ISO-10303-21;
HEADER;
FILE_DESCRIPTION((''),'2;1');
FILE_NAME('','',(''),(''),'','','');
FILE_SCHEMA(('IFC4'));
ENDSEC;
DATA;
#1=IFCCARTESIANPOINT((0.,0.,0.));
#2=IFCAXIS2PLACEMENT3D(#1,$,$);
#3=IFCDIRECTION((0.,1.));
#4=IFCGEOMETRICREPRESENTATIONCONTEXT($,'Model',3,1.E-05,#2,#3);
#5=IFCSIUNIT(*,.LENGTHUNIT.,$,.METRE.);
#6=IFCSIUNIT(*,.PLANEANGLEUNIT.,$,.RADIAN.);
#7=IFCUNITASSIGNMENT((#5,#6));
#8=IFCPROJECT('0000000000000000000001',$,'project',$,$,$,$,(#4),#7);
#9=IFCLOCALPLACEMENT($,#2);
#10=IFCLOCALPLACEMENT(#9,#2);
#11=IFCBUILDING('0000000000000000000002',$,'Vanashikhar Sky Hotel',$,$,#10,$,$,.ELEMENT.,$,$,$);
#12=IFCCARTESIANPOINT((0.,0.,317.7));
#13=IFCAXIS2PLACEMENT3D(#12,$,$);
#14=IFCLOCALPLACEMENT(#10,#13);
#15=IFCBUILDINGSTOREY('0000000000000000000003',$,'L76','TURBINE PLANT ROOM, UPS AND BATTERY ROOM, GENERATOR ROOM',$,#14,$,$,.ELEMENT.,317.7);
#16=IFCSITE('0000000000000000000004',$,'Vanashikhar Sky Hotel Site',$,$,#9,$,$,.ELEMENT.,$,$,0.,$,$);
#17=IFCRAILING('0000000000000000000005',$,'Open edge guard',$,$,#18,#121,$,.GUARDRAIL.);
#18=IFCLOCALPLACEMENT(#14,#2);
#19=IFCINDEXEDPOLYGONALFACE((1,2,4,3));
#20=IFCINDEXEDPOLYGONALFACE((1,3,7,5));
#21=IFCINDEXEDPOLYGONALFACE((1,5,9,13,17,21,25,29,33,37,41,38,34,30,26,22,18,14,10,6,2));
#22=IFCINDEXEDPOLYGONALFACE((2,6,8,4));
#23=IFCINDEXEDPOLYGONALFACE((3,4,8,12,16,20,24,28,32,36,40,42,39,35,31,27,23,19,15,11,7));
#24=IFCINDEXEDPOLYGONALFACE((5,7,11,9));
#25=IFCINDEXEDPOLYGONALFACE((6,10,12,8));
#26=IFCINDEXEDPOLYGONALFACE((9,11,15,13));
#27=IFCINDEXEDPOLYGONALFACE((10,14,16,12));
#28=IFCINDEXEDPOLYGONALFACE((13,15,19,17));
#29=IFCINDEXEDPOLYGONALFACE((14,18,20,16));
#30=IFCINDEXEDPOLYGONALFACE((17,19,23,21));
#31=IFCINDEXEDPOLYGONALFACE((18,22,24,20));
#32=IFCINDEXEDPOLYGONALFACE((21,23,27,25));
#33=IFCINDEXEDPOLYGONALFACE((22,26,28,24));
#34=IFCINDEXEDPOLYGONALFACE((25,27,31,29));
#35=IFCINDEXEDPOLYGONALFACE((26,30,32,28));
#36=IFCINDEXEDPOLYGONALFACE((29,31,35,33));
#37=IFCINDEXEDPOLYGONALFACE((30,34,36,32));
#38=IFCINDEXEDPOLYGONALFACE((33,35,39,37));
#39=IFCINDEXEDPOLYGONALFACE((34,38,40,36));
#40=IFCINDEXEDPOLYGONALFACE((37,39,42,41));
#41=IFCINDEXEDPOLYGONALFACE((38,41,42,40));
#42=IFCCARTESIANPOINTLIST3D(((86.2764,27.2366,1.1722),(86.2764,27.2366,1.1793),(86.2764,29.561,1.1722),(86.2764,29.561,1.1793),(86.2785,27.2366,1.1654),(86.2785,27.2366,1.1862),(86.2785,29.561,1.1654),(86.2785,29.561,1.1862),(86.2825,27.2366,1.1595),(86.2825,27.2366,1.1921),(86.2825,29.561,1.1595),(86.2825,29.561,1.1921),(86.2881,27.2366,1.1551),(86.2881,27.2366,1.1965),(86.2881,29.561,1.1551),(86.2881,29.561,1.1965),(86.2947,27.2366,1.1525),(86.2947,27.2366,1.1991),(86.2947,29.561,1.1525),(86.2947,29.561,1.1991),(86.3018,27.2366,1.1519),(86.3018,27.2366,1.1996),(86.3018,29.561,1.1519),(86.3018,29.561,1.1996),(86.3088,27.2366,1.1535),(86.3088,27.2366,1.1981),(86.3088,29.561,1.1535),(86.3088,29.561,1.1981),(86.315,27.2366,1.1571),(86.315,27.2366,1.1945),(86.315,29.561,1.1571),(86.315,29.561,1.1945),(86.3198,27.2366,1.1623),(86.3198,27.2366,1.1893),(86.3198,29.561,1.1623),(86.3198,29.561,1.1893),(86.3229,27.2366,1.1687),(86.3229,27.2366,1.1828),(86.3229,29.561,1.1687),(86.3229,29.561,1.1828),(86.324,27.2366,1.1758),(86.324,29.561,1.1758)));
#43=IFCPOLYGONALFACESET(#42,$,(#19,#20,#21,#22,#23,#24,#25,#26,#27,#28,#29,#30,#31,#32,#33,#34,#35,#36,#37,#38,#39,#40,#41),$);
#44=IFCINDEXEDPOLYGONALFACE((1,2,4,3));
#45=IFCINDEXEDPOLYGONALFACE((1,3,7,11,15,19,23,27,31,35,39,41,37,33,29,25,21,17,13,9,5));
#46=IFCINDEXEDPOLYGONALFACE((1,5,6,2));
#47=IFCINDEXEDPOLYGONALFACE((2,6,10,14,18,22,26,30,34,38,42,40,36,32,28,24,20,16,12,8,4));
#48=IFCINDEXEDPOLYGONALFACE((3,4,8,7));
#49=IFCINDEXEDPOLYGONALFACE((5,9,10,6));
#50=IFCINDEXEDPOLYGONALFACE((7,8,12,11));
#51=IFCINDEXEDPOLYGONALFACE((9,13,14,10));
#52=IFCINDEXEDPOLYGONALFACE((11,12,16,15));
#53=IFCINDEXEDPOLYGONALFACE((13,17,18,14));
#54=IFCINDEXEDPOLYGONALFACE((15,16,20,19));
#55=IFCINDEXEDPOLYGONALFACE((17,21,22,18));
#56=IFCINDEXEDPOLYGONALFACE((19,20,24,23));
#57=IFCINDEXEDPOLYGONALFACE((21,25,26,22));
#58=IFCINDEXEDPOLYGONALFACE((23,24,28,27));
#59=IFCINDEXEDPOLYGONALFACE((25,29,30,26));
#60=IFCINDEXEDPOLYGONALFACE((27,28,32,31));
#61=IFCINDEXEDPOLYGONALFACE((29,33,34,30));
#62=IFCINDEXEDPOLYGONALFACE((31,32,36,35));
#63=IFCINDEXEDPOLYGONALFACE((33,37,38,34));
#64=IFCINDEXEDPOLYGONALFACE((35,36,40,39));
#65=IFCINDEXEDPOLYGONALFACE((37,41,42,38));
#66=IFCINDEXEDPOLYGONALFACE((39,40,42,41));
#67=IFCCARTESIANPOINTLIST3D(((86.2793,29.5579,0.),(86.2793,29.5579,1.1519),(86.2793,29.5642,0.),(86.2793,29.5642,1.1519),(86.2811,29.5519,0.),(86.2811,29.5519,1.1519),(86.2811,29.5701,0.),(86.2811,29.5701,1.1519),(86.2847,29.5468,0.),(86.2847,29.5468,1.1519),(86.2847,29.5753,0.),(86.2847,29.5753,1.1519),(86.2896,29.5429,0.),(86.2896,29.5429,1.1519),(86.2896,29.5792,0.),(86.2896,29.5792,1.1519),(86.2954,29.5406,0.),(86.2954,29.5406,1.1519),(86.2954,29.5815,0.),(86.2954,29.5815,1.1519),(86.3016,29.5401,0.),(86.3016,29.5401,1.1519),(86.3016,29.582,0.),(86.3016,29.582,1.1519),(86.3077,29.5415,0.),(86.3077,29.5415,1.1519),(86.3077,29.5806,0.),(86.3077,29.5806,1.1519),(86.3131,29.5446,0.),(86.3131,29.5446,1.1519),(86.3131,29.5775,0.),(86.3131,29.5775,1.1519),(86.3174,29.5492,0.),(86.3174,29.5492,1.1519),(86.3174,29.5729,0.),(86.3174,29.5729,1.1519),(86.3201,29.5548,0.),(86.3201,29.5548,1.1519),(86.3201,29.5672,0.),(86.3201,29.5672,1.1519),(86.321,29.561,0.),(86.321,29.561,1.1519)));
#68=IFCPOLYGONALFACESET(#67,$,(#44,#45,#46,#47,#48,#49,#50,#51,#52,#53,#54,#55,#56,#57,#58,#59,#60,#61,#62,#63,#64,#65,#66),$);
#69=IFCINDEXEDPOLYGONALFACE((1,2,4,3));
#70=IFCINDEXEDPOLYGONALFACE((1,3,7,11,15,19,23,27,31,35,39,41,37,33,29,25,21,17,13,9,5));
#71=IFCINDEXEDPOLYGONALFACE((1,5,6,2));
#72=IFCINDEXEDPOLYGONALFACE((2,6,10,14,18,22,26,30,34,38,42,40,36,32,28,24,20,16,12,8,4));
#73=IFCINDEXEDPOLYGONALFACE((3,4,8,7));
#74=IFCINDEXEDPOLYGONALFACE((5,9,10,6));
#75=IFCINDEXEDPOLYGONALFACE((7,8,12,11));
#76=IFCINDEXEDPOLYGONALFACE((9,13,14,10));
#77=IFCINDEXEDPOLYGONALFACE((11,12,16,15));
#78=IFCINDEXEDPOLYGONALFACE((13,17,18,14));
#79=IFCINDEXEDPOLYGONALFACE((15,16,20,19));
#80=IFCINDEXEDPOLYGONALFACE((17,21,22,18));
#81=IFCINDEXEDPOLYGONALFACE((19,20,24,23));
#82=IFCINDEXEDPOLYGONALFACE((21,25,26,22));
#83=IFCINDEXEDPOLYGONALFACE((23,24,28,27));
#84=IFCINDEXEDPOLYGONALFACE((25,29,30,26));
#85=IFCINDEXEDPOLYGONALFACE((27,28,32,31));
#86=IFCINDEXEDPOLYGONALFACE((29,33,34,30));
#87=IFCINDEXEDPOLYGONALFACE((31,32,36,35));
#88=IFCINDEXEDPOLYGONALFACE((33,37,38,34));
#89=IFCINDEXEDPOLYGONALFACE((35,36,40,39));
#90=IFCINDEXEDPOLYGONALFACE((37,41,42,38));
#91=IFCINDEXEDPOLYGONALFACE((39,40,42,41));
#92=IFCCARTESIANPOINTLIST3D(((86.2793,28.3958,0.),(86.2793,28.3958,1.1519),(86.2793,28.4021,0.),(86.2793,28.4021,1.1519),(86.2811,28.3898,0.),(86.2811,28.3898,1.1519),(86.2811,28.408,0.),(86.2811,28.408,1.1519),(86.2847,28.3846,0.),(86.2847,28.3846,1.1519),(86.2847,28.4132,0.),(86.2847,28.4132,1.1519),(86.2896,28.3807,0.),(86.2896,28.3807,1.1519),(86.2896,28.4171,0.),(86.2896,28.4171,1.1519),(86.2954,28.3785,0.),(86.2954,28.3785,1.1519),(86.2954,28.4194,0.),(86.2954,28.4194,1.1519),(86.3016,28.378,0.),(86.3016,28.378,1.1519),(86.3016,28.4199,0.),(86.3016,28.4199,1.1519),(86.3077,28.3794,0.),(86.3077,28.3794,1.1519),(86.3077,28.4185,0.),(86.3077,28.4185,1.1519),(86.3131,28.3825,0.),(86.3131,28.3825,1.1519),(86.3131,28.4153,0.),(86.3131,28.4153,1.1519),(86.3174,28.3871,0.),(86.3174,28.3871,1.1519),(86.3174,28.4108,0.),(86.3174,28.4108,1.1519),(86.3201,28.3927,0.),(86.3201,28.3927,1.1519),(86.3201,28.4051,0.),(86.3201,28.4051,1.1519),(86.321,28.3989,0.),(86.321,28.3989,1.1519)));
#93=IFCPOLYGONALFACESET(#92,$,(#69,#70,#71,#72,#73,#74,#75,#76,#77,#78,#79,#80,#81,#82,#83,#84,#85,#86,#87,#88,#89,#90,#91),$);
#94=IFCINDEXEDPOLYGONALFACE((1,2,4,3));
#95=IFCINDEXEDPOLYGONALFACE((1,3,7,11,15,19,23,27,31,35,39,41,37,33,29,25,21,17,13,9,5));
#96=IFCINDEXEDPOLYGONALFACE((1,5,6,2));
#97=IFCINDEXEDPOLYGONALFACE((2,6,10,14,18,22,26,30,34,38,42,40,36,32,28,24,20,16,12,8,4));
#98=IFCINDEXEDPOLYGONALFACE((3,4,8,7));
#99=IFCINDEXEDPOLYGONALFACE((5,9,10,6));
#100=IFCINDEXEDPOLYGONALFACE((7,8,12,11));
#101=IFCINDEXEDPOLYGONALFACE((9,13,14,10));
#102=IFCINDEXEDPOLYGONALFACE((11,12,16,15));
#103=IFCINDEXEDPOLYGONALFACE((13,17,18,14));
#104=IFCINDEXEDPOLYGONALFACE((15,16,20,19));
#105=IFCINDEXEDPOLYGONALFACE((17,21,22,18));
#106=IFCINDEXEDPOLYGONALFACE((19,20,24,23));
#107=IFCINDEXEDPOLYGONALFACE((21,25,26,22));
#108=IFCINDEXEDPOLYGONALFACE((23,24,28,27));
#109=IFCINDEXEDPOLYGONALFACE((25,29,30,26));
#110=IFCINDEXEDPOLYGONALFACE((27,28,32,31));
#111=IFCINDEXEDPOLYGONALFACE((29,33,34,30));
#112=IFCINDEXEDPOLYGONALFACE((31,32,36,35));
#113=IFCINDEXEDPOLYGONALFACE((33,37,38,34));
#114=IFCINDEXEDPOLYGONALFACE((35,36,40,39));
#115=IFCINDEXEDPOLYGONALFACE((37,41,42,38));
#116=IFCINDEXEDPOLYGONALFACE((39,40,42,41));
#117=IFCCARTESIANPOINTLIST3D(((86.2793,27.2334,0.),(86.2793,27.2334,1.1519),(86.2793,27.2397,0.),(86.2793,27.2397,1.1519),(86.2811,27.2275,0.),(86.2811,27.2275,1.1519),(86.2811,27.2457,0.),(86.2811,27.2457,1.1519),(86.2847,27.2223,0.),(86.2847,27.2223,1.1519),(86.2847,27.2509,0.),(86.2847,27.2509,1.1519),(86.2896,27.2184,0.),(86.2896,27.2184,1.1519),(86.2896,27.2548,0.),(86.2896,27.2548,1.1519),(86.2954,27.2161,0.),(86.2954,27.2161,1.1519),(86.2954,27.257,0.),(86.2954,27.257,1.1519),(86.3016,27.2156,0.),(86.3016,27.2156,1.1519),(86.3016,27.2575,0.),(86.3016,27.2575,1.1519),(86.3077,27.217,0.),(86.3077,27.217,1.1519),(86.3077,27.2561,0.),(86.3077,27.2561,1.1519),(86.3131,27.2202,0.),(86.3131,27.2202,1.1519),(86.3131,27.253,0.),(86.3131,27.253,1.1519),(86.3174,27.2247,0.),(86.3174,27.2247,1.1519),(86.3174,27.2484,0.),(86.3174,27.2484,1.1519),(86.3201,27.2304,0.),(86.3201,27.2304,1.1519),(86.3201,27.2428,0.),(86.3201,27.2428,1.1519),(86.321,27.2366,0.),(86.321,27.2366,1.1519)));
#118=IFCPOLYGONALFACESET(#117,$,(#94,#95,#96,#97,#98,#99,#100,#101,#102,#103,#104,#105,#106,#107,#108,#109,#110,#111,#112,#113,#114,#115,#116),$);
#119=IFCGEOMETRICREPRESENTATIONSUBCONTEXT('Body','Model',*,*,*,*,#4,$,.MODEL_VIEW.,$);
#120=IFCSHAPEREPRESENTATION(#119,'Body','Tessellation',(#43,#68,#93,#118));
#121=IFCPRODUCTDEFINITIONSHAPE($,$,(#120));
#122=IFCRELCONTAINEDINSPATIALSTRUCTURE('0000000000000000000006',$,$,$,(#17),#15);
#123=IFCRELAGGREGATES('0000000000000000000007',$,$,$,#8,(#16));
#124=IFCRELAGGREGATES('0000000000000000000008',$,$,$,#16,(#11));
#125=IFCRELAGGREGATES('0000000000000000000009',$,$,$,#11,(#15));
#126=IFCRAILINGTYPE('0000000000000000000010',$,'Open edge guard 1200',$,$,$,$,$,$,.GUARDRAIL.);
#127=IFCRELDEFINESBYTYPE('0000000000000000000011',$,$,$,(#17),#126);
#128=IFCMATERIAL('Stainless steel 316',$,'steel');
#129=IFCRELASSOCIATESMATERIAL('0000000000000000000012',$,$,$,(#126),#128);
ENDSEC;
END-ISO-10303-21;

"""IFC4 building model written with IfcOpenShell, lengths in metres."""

from ifc_helpers import new_model, si_unit, direction, frame, origin, origin_2d, place, context, subcontext, project, spatial, circle, extrude, source, transform, mapped, material, type_object, element, save


model = new_model("IFC4")

# Units and contexts
model_context = context("Model", 3, precision=1e-05, world=origin(), true_north=direction((0.0, 1.0)))
body_context = subcontext(model_context, "Body", "Model", "MODEL_VIEW")
ifc_project = project(units=[si_unit("LENGTHUNIT", "METRE"), si_unit("PLANEANGLEUNIT", "RADIAN")], contexts=[model_context])

# Site, building, storey
site_placement = place(None, origin())
site = spatial("IfcSite", under=ifc_project, at=site_placement, Name="Vanashikhar Sky Hotel Site", CompositionType="ELEMENT", RefElevation=0.0)
building_placement = place(site_placement, origin())
building = spatial("IfcBuilding", under=site, at=building_placement, Name="Vanashikhar Sky Hotel", CompositionType="ELEMENT")
storey_placement = place(building_placement, frame((0.0, 0.0, 317.7)))
storey = spatial("IfcBuildingStorey", under=building, at=storey_placement, Name="L76", Description="TURBINE PLANT ROOM, UPS AND BATTERY ROOM, GENERATOR ROOM", CompositionType="ELEMENT", Elevation=317.7)

# Railing
ifc_material_1 = material(Name="Stainless steel 316", Category="steel")
railing_type = type_object("IfcRailingType", Name="Open edge guard 1200", PredefinedType="GUARDRAIL", material=ifc_material_1)
shared_shape_1 = source(origin(), body_context, "Body", "SweptSolid", [
    extrude(circle(Radius=0.0239, at=origin_2d()), frame((0.0, 0.0, 1.1758), z_axis=(0.0, -1.0, 0.0), x_axis=(1.0, 0.0, 0.0)), (0.0, 0.0, 1.0), 2.3245),
    extrude(circle(Radius=0.021, at=origin_2d()), origin(), (0.0, 0.0, 1.0), 1.1519),
    extrude(circle(Radius=0.021, at=origin_2d()), frame((0.0, -1.1621, 0.0)), (0.0, 0.0, 1.0), 1.1519),
    extrude(circle(Radius=0.021, at=origin_2d()), frame((0.0, -2.3245, 0.0)), (0.0, 0.0, 1.0), 1.1519),
])
for number, where, name in (
    (1, (86.3, 29.561, 0.0), "Open edge guard"),
):
    element("IfcRailing", number, at=place(storey_placement, frame(where)), inside=storey, type_object=railing_type, Name=name, PredefinedType="GUARDRAIL", context=body_context, shape_type="MappedRepresentation", body=[
        mapped(shared_shape_1, transform((0.0, 0.0, 0.0), scale=1.0)),
    ])

save(model, "model.ifc")
